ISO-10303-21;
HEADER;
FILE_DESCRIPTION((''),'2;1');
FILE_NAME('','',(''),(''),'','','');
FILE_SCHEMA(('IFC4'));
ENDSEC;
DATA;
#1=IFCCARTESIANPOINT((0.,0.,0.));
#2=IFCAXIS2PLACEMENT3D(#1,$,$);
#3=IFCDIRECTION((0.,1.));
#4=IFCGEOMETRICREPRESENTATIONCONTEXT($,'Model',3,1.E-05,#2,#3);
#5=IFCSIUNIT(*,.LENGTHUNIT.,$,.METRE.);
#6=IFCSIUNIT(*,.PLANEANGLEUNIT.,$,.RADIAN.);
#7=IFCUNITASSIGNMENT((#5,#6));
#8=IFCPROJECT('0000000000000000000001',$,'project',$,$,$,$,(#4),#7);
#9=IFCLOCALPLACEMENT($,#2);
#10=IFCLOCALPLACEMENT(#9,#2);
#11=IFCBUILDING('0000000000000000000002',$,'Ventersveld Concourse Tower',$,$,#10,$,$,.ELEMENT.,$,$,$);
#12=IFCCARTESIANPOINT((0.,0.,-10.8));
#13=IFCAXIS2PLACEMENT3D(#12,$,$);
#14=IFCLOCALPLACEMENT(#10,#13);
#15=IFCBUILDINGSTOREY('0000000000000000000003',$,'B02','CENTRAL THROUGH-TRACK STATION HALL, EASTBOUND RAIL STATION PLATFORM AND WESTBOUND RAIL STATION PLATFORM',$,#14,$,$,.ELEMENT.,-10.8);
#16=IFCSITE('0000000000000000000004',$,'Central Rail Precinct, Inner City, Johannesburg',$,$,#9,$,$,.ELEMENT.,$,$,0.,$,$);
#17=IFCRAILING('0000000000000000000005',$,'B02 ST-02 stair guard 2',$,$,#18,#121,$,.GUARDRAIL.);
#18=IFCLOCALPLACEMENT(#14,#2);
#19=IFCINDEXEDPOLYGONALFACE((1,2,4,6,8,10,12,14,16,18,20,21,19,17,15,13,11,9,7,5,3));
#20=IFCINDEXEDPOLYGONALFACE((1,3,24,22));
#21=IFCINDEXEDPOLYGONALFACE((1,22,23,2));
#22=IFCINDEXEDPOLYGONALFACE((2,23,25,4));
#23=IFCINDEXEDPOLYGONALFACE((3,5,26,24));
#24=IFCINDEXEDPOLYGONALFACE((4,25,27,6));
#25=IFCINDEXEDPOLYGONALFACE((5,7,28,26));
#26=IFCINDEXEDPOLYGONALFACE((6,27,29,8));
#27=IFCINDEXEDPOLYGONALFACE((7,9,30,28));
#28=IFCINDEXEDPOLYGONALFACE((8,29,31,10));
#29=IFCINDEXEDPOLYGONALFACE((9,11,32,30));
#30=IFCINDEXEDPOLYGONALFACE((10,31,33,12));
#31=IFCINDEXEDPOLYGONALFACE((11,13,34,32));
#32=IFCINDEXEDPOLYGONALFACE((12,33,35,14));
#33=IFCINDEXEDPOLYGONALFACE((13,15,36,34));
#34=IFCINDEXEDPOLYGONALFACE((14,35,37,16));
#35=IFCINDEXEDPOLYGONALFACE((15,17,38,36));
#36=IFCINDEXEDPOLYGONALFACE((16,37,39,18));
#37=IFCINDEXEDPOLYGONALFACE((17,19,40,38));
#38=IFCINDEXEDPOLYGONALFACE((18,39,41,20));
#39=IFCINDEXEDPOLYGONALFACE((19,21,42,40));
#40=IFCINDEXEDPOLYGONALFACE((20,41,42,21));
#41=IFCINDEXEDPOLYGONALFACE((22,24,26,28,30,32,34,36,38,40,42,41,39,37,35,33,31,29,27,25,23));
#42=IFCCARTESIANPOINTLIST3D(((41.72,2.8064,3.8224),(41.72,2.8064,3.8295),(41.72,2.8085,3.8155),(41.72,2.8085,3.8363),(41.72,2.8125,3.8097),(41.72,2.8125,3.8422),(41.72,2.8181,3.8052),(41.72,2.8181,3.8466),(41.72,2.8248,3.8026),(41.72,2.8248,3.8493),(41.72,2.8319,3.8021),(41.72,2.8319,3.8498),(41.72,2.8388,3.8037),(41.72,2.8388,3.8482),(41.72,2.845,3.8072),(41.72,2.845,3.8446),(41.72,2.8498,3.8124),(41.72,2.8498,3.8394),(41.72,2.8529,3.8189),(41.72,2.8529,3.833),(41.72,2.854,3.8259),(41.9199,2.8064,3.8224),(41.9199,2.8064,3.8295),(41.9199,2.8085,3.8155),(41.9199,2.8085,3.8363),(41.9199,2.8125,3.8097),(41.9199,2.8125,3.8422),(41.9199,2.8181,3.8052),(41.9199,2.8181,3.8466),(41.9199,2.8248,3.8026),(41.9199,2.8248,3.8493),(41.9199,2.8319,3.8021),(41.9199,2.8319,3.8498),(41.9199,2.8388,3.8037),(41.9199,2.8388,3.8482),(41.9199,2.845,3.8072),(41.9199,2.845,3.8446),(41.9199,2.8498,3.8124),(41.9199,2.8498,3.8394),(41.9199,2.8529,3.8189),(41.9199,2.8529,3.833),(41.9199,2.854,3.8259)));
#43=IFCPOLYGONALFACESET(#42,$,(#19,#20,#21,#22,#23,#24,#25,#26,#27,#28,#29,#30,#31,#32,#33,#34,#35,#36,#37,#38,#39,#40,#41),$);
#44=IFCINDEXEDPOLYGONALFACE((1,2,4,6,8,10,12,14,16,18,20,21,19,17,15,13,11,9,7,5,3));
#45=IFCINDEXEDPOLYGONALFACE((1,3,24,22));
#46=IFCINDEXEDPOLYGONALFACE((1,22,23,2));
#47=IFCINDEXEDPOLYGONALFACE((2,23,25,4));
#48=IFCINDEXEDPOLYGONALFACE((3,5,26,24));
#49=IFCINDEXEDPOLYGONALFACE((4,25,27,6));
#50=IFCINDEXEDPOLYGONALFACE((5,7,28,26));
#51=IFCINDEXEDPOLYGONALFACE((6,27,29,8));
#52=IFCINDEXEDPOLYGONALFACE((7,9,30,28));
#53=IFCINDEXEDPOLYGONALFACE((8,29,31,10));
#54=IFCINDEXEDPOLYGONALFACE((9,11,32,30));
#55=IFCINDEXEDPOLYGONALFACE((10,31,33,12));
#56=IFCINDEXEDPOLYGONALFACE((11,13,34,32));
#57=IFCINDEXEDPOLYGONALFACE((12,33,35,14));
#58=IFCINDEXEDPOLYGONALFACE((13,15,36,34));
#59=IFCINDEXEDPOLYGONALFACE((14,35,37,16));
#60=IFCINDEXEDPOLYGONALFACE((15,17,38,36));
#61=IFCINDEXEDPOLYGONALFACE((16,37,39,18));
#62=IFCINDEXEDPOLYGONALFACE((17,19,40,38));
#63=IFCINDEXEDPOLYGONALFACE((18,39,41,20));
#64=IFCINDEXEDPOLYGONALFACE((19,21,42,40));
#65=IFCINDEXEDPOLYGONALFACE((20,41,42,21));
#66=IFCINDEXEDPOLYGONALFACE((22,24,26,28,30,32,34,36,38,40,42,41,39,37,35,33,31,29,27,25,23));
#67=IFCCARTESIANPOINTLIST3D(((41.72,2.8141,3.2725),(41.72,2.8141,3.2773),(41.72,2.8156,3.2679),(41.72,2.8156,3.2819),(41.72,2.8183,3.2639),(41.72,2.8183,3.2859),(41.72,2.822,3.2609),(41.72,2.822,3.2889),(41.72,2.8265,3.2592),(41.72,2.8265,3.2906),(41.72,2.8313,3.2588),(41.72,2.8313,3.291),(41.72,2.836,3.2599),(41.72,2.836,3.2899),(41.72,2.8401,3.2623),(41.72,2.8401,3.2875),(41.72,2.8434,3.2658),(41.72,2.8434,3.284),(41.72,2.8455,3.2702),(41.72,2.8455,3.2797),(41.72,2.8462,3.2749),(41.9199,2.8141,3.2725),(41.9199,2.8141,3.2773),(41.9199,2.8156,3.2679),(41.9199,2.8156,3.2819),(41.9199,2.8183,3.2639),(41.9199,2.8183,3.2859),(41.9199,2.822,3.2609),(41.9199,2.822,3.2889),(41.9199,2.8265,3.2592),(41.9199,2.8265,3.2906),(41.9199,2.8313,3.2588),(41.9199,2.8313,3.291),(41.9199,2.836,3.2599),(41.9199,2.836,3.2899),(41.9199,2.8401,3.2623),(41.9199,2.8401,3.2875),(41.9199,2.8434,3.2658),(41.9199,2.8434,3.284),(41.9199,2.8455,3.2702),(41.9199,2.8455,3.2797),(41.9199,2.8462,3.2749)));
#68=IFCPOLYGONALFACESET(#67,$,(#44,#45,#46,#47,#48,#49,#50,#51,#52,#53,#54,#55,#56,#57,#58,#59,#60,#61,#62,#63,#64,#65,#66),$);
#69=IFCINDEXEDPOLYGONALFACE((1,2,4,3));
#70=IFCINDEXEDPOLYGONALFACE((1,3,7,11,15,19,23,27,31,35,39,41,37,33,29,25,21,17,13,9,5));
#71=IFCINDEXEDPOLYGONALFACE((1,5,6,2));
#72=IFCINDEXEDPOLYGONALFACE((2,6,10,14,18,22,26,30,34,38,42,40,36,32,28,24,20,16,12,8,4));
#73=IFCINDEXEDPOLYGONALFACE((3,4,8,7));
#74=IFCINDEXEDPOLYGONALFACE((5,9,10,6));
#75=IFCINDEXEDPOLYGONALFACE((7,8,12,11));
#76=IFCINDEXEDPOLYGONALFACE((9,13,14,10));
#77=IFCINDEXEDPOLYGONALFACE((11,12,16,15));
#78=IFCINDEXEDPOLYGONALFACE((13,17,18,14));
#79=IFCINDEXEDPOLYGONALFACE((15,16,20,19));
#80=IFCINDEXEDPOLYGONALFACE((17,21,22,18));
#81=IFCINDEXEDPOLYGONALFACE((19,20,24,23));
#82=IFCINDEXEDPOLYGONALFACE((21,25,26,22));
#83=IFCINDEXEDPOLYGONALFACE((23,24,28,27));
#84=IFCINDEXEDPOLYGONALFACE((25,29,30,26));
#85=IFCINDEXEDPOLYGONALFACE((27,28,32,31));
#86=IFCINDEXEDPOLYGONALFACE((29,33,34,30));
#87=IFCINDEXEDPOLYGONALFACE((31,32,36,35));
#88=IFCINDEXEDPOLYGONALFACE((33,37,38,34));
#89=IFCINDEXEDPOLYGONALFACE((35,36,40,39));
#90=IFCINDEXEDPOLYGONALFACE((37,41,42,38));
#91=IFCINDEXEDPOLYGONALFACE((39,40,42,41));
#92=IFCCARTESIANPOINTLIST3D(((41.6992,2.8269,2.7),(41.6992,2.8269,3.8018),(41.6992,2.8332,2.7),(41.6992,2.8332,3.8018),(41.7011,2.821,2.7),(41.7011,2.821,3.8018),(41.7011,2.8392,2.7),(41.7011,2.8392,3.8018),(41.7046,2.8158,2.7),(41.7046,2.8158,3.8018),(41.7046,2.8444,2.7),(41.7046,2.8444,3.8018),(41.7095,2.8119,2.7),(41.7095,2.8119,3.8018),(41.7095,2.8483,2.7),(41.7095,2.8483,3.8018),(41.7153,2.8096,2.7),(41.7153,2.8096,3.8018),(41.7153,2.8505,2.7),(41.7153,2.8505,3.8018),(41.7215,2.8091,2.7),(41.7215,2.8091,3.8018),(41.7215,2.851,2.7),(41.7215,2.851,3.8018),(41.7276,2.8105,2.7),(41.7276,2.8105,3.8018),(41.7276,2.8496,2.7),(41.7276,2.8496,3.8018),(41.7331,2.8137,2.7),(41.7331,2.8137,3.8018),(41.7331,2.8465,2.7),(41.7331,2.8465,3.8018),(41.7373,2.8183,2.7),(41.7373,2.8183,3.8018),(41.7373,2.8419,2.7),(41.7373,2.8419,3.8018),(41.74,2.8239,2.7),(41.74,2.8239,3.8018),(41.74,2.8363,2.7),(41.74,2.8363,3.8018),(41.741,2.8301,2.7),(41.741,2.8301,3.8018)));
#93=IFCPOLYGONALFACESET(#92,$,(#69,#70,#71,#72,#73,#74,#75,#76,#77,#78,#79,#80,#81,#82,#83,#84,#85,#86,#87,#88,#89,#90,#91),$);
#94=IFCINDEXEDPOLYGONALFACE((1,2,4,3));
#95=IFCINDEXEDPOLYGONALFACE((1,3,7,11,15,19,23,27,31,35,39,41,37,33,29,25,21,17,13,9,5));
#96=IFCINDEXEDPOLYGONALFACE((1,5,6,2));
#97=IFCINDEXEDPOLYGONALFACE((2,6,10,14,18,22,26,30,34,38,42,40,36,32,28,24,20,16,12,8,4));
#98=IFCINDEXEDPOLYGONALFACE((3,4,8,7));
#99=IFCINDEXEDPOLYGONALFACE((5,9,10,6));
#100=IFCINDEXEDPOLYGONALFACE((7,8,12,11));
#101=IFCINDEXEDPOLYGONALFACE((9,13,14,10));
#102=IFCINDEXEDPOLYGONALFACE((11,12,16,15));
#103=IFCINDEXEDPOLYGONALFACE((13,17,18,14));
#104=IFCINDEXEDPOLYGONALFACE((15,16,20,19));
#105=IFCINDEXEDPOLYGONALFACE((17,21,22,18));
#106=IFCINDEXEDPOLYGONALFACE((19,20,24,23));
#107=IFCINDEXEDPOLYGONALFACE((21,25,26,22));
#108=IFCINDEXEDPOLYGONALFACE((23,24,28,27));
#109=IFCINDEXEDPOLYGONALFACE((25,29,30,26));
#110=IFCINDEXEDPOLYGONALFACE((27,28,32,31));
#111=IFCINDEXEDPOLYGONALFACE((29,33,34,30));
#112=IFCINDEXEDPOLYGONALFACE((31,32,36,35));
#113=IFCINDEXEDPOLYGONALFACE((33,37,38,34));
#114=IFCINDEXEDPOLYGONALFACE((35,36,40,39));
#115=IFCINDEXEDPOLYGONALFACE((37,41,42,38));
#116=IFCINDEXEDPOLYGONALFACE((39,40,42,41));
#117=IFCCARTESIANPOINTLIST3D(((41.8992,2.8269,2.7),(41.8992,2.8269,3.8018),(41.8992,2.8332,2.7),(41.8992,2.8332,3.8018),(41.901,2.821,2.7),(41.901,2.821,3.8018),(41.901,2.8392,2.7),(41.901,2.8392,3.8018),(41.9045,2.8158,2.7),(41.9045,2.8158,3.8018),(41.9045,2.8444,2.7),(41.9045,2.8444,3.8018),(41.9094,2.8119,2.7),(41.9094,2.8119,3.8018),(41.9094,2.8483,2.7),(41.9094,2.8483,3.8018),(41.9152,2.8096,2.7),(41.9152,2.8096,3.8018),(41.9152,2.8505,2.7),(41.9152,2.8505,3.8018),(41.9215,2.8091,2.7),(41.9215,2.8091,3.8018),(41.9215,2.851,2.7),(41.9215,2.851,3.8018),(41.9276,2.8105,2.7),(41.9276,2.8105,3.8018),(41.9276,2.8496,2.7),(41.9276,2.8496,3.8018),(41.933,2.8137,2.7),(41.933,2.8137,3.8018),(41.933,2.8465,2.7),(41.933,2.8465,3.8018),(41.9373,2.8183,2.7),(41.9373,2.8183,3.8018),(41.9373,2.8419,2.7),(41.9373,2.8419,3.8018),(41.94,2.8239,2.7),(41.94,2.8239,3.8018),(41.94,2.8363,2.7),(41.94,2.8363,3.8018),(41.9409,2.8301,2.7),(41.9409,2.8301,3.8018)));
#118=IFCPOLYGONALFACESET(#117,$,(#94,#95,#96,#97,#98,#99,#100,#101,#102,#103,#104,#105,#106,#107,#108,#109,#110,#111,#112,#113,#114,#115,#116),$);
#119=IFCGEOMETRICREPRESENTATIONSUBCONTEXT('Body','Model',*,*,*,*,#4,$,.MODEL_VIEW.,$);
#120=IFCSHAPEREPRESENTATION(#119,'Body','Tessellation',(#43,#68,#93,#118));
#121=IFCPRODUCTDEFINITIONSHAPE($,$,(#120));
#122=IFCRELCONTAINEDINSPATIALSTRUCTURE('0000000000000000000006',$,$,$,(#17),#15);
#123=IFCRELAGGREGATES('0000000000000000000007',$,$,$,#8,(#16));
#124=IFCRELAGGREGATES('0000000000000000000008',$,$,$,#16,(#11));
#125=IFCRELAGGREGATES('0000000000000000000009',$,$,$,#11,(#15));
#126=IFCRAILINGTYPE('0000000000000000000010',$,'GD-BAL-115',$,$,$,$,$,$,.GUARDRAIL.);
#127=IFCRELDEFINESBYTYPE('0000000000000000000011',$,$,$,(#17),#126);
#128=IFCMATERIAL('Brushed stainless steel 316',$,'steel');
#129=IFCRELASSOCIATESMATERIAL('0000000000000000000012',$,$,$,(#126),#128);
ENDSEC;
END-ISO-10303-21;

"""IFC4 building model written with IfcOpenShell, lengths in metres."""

from ifc_helpers import new_model, si_unit, direction, frame, origin, origin_2d, place, context, subcontext, project, spatial, circle, extrude, material, type_object, element, save


model = new_model("IFC4")

# Units and contexts
model_context = context("Model", 3, precision=1e-05, world=origin(), true_north=direction((0.0, 1.0)))
body_context = subcontext(model_context, "Body", "Model", "MODEL_VIEW")
ifc_project = project(units=[si_unit("LENGTHUNIT", "METRE"), si_unit("PLANEANGLEUNIT", "RADIAN")], contexts=[model_context])

# Site, building, storey
site_placement = place(None, origin())
site = spatial("IfcSite", under=ifc_project, at=site_placement, Name="Central Rail Precinct, Inner City, Johannesburg", CompositionType="ELEMENT", RefElevation=0.0)
building_placement = place(site_placement, origin())
building = spatial("IfcBuilding", under=site, at=building_placement, Name="Ventersveld Concourse Tower", CompositionType="ELEMENT")
storey_placement = place(building_placement, frame((0.0, 0.0, -10.8)))
storey = spatial("IfcBuildingStorey", under=building, at=storey_placement, Name="B02", Description="CENTRAL THROUGH-TRACK STATION HALL, EASTBOUND RAIL STATION PLATFORM AND WESTBOUND RAIL STATION PLATFORM", CompositionType="ELEMENT", Elevation=-10.8)

# Shared definitions
ifc_material_1 = material(Name="Brushed stainless steel 316", Category="steel")

# Railing
railing_type_1 = type_object("IfcRailingType", Name="GD-BAL-115", PredefinedType="GUARDRAIL", material=ifc_material_1)
railing_1_placement = place(storey_placement, frame((41.72, 2.8301, 2.7)))
element("IfcRailing", 1, at=railing_1_placement, inside=storey, type_object=railing_type_1, Name="B02 ST-02 stair guard 2", PredefinedType="GUARDRAIL", context=body_context, shape_type="SweptSolid", body=[
    extrude(circle(Radius=0.0239, at=origin_2d()), frame((0.0, 0.0, 1.126), z_axis=(1.0, 0.0, 0.0), x_axis=(0.0, 1.0, 0.0)), (0.0, 0.0, 1.0), 0.2),
    extrude(circle(Radius=0.0161, at=origin_2d()), frame((0.0, 0.0, 0.575), z_axis=(1.0, 0.0, 0.0), x_axis=(0.0, 1.0, 0.0)), (0.0, 0.0, 1.0), 0.2),
    extrude(circle(Radius=0.021, at=origin_2d()), origin(), (0.0, 0.0, 1.0), 1.1018),
    extrude(circle(Radius=0.021, at=origin_2d()), frame((0.2, 0.0, 0.0)), (0.0, 0.0, 1.0), 1.1018),
])

save(model, "model.ifc")
